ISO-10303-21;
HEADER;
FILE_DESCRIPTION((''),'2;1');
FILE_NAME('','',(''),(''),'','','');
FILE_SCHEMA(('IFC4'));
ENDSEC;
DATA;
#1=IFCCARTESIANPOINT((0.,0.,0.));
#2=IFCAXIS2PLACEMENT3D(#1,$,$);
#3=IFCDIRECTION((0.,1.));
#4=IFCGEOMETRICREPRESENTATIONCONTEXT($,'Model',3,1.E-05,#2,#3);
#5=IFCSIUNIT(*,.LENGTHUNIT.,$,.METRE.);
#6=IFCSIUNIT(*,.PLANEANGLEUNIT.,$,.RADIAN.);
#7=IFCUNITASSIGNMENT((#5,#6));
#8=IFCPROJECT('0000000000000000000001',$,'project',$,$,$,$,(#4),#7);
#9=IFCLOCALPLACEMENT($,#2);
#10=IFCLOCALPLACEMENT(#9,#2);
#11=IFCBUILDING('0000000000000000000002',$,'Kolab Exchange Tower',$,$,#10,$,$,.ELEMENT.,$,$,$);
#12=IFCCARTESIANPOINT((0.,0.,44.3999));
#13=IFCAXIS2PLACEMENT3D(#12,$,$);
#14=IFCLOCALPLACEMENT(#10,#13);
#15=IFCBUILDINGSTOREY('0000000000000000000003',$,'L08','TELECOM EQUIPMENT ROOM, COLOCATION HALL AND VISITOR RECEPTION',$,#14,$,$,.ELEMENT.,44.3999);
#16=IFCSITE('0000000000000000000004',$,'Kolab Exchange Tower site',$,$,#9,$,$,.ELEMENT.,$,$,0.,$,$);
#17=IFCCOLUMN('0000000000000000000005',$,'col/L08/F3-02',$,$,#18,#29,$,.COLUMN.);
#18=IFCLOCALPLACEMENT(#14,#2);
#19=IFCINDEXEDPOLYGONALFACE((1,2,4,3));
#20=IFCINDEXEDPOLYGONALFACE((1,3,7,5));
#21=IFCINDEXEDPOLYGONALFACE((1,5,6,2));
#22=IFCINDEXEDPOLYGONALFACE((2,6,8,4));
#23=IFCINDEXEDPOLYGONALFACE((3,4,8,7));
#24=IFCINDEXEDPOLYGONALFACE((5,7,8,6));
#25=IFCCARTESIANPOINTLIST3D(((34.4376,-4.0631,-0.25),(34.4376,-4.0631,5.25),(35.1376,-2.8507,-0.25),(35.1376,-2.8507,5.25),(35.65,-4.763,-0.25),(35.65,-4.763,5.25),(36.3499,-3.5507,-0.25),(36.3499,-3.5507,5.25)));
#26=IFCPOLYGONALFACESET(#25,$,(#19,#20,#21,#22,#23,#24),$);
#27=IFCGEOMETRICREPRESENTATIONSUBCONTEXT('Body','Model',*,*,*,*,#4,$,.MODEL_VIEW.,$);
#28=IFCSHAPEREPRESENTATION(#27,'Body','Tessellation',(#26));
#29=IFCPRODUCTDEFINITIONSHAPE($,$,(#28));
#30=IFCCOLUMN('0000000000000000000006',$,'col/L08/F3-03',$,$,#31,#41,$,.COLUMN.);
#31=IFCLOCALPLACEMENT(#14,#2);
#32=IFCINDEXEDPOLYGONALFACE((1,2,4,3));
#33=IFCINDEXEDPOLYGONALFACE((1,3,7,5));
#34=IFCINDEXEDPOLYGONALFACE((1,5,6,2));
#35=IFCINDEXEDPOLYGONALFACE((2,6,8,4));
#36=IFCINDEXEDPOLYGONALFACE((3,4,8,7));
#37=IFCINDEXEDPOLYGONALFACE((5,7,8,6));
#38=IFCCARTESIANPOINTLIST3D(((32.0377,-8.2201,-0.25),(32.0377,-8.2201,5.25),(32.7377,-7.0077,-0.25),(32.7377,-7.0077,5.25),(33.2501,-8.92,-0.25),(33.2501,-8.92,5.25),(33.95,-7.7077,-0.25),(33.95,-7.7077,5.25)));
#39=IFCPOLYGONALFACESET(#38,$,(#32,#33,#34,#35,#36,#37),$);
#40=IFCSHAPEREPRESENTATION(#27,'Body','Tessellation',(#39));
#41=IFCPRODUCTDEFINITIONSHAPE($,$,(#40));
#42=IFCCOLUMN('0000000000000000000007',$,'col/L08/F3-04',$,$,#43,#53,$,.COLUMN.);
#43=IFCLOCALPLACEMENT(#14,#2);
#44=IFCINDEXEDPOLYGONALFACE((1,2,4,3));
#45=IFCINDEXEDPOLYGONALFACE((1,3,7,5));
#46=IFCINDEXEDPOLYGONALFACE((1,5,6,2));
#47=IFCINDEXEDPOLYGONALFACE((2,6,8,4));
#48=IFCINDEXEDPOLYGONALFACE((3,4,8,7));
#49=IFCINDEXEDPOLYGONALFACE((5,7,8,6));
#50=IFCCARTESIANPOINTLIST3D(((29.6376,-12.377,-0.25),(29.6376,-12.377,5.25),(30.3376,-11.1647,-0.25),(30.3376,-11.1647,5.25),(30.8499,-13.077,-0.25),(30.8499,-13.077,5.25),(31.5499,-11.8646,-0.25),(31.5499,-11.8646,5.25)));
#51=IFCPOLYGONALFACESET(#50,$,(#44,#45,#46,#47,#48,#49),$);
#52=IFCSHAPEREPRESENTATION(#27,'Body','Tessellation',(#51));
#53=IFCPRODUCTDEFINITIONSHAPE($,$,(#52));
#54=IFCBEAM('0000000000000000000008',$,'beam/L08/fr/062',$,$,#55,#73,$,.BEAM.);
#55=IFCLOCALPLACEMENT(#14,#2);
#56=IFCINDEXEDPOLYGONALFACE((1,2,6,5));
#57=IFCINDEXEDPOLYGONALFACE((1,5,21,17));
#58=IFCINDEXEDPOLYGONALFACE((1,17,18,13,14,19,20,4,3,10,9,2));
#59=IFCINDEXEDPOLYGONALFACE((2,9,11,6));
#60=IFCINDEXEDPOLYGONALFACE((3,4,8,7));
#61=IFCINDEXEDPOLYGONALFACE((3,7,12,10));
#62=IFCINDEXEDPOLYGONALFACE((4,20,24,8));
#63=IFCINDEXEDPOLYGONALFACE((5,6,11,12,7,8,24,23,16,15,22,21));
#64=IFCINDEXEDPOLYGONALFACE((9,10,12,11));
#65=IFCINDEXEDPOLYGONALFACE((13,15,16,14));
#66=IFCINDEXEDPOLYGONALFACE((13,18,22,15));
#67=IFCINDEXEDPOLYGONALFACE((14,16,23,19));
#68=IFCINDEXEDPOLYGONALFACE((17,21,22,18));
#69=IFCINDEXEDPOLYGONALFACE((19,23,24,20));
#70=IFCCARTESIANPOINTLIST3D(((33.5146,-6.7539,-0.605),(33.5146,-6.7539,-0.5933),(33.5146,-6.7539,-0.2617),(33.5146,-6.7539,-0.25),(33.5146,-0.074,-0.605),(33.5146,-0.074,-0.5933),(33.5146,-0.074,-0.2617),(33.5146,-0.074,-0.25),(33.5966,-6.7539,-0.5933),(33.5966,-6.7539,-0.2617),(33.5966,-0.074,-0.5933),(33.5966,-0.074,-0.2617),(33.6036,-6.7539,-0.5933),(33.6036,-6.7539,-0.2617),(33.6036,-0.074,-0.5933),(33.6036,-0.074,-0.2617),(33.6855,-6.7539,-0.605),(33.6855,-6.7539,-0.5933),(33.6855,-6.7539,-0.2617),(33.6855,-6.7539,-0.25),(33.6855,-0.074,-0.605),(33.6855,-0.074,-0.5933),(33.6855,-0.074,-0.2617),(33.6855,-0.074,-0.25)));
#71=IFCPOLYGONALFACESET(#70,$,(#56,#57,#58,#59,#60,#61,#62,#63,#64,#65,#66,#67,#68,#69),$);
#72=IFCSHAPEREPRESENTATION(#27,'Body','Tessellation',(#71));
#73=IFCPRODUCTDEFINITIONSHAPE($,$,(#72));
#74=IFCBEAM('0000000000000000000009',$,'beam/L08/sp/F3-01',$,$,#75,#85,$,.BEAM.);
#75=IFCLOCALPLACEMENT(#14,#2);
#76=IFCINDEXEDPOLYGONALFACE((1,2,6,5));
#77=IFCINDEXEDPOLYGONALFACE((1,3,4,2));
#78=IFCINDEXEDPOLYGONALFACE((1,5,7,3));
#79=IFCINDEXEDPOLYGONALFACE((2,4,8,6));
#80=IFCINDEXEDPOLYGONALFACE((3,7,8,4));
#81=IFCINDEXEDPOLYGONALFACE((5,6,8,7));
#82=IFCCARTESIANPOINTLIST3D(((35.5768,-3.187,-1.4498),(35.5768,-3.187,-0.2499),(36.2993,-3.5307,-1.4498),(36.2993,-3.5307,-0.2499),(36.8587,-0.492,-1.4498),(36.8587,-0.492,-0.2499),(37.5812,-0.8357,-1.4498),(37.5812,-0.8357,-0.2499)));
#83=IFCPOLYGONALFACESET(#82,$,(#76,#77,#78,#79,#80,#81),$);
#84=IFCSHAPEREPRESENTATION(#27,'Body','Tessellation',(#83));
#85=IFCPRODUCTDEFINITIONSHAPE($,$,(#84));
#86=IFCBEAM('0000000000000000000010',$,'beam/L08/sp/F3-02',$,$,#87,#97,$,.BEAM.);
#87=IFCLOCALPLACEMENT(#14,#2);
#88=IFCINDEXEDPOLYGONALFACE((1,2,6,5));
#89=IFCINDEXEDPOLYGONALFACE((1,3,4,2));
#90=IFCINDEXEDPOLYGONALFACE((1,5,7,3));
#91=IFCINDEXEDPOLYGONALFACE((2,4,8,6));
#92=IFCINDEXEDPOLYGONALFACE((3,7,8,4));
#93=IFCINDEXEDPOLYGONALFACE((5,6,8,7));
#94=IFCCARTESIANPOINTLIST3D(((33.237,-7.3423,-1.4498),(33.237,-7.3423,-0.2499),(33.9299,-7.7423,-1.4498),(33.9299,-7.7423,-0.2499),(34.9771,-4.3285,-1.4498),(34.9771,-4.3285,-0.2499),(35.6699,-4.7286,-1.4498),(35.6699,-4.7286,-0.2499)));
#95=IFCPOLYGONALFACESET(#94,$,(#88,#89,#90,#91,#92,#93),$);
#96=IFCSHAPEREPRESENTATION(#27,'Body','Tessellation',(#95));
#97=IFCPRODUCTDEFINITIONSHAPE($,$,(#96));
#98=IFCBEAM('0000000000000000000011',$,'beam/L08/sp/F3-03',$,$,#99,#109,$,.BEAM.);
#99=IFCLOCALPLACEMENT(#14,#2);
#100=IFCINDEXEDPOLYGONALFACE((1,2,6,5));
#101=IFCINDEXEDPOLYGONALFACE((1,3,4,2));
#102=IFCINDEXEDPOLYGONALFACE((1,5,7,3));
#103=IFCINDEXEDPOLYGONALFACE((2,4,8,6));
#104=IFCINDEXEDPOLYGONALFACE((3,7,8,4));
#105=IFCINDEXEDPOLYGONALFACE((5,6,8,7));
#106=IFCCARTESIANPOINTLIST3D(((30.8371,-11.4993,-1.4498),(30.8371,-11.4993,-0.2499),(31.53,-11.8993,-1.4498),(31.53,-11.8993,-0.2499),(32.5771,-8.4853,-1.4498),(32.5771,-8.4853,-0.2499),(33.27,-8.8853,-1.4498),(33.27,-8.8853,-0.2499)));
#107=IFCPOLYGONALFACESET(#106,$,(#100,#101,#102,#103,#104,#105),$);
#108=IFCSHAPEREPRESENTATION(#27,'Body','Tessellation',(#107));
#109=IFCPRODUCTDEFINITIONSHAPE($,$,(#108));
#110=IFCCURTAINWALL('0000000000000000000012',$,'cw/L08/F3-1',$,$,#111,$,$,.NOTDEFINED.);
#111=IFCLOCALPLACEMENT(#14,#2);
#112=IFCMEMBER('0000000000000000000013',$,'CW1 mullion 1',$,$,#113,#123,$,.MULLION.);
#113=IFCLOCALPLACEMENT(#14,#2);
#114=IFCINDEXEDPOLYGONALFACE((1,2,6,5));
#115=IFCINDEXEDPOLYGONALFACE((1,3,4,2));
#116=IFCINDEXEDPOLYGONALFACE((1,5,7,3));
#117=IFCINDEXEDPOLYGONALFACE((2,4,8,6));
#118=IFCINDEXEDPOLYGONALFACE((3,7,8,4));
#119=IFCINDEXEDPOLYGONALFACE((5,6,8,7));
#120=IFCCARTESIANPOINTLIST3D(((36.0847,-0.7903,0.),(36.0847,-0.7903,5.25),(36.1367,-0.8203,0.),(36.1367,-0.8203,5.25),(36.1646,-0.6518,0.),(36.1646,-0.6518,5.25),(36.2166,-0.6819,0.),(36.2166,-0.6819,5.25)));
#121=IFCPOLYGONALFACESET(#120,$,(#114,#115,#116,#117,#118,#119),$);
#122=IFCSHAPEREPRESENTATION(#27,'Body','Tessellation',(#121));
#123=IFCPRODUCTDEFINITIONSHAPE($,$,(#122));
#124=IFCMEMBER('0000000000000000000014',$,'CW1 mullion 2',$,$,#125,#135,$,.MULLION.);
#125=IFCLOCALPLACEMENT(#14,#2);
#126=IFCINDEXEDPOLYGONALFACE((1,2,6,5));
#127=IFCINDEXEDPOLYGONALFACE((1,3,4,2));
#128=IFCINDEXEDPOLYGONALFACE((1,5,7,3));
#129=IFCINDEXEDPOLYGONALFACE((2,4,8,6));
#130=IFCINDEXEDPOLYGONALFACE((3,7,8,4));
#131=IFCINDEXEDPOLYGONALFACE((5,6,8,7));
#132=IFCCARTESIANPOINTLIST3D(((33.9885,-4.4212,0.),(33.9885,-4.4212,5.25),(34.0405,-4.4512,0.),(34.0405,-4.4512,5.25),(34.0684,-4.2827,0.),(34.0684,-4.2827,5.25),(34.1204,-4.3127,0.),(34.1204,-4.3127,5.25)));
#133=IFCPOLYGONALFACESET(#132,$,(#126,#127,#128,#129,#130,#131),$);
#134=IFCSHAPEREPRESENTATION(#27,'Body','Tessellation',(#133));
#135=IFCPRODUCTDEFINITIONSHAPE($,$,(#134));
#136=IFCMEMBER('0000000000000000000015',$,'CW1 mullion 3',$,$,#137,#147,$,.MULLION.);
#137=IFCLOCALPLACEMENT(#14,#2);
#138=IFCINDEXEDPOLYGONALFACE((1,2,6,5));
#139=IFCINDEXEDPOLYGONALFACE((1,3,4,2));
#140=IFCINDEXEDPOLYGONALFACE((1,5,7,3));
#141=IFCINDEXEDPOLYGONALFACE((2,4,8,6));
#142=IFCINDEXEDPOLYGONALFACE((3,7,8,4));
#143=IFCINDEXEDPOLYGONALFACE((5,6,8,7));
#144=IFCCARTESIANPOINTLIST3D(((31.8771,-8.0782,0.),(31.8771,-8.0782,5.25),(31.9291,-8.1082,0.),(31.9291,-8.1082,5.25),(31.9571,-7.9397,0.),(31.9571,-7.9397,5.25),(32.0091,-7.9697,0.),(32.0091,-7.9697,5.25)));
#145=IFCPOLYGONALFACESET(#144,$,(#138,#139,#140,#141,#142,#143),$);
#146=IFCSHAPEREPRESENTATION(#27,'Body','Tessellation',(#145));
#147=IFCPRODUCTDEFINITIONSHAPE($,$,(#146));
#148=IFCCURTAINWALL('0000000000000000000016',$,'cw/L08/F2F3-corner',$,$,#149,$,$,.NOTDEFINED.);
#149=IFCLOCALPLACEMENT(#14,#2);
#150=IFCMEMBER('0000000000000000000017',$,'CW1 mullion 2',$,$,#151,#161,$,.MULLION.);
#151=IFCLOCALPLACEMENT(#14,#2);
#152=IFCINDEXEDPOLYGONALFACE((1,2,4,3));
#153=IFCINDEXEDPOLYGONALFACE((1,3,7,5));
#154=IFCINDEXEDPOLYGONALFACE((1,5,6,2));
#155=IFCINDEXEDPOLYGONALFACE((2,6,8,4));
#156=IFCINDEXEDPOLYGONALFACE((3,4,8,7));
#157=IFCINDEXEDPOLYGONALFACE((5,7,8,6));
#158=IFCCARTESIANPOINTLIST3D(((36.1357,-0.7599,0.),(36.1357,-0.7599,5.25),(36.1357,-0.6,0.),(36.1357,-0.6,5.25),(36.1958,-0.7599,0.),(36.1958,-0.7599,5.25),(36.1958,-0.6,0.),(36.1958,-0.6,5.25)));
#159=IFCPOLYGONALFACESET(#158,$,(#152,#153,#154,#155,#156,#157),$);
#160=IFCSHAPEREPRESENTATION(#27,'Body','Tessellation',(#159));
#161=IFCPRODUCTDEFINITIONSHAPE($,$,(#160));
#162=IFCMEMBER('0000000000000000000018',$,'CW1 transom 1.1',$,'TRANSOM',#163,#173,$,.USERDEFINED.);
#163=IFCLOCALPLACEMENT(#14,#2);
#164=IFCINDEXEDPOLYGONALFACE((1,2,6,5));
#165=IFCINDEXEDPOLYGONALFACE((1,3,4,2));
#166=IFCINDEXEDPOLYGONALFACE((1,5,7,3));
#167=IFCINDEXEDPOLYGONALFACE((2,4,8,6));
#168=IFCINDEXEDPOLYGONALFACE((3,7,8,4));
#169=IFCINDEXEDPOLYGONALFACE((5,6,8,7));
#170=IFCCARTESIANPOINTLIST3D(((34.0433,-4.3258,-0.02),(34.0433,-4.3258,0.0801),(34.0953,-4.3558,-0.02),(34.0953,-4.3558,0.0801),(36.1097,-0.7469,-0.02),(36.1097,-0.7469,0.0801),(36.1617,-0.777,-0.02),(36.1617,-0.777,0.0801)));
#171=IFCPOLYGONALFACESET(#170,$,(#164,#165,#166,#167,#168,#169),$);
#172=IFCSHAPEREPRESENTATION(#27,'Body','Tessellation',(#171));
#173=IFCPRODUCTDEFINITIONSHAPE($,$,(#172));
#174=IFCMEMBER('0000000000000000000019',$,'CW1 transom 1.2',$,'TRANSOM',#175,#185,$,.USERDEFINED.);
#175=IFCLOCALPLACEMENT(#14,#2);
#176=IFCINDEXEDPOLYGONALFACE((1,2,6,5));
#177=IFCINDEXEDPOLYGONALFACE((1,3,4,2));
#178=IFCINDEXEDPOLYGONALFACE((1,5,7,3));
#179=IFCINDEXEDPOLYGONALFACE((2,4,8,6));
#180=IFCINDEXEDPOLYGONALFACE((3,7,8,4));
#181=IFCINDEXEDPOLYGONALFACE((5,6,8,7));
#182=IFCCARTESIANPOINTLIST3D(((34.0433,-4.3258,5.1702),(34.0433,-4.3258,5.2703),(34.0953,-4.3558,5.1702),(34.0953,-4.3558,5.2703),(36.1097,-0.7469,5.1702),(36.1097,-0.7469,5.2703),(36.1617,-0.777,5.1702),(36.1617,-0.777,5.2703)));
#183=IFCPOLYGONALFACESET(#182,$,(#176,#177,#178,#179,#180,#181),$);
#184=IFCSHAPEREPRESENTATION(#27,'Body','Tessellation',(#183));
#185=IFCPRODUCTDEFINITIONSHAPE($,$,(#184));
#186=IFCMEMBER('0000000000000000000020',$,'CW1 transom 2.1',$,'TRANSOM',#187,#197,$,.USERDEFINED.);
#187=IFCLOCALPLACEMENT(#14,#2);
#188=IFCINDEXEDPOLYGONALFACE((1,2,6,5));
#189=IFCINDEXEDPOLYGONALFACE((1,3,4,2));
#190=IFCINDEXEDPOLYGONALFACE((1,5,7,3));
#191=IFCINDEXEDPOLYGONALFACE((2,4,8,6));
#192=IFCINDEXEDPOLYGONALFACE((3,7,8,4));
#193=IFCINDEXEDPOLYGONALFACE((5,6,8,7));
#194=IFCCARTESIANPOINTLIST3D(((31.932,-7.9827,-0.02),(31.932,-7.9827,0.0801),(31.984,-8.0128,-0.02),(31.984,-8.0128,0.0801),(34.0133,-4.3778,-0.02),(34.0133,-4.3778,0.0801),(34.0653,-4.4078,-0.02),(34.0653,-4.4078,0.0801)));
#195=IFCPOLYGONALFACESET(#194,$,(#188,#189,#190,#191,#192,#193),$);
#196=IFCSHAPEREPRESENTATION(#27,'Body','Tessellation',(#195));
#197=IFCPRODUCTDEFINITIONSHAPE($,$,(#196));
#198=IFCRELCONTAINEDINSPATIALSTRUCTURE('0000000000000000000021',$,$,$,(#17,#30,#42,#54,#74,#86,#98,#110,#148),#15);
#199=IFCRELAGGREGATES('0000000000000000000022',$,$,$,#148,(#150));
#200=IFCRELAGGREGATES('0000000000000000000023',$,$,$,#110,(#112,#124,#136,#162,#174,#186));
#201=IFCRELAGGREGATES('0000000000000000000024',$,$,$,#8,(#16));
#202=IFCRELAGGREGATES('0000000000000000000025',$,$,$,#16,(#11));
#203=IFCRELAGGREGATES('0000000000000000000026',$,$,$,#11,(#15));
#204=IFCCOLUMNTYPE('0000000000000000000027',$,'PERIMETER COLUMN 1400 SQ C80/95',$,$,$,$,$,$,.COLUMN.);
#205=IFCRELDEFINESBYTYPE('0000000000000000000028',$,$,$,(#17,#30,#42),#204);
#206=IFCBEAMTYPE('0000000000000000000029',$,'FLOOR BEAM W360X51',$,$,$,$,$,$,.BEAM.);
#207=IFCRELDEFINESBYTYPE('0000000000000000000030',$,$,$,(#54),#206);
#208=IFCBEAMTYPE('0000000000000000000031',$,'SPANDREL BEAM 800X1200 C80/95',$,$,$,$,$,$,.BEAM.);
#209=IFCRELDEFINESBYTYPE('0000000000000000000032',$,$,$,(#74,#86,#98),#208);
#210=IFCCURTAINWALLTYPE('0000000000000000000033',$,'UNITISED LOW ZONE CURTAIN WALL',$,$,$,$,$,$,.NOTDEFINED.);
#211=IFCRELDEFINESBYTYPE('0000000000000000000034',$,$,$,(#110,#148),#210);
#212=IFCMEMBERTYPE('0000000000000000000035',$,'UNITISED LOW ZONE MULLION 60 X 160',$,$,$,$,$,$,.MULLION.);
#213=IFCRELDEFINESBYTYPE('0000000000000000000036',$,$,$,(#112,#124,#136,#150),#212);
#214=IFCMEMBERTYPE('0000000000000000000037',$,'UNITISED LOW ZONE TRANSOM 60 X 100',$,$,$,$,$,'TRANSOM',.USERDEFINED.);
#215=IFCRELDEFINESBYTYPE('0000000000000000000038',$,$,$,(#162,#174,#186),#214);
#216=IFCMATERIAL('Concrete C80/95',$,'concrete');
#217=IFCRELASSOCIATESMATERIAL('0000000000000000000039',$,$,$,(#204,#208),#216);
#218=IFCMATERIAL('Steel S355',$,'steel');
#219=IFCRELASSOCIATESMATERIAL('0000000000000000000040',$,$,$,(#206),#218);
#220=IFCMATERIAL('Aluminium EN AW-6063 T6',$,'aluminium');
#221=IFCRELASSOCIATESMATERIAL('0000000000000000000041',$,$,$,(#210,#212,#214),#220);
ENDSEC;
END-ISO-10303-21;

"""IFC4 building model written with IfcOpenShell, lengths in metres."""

from ifc_helpers import new_model, si_unit, direction, frame, origin, origin_2d, place, context, subcontext, project, spatial, rectangle, i_section, extrude, material, material_profile, profile_set, type_object, element, aggregate, save


model = new_model("IFC4")

# Units and contexts
model_context = context("Model", 3, precision=1e-05, world=origin(), true_north=direction((0.0, 1.0)))
body_context = subcontext(model_context, "Body", "Model", "MODEL_VIEW")
ifc_project = project(units=[si_unit("LENGTHUNIT", "METRE"), si_unit("PLANEANGLEUNIT", "RADIAN")], contexts=[model_context])

# Site, building, storey
site_placement = place(None, origin())
site = spatial("IfcSite", under=ifc_project, at=site_placement, Name="Kolab Exchange Tower site", CompositionType="ELEMENT", RefElevation=0.0)
building_placement = place(site_placement, origin())
building = spatial("IfcBuilding", under=site, at=building_placement, Name="Kolab Exchange Tower", CompositionType="ELEMENT")
storey_placement = place(building_placement, frame((0.0, 0.0, 44.3999)))
storey = spatial("IfcBuildingStorey", under=building, at=storey_placement, Name="L08", Description="TELECOM EQUIPMENT ROOM, COLOCATION HALL AND VISITOR RECEPTION", CompositionType="ELEMENT", Elevation=44.3999)

# Columns
ifc_material_1 = material(Name="Concrete C80/95", Category="concrete")
ifc_material_profile_1 = material_profile(ifc_material_1, rectangle(XDim=1.3999, YDim=1.3999, at=origin_2d()), Name="RC1400")
ifc_profile_set_1 = profile_set([ifc_material_profile_1], Name="Concrete C80/95")
column_type = type_object("IfcColumnType", Name="PERIMETER COLUMN 1400 SQ C80/95", PredefinedType="COLUMN", material=ifc_profile_set_1)
for number, where, z_axis, x_axis, name in (
    (1, (35.3938, -3.8069, -0.25), (0.0, 0.0, 1.0), (0.5, 0.866025, 0.0), "col/L08/F3-02"),
    (2, (32.9939, -7.9639, -0.25), (0.0, 0.0, 1.0), (0.5, 0.866025, 0.0), "col/L08/F3-03"),
    (3, (30.5938, -12.1208, -0.25), (0.0, 0.0, 1.0), (0.5, 0.866025, 0.0), "col/L08/F3-04"),
):
    element("IfcColumn", number, at=place(storey_placement, frame(where, z_axis=z_axis, x_axis=x_axis)), inside=storey, type_object=column_type, Name=name, PredefinedType="COLUMN", context=body_context, shape_type="SweptSolid", body=[
        extrude(rectangle(XDim=1.3999, YDim=1.3999, at=origin_2d()), origin(), (0.0, 0.0, 1.0), 5.5),
    ])

# Beams
ifc_material_2 = material(Name="Steel S355", Category="steel")
ifc_material_profile_2 = material_profile(ifc_material_2, i_section(OverallWidth=0.1709, OverallDepth=0.355, WebThickness=0.0071, FlangeThickness=0.0117, at=origin_2d()), Name="W360X51")
ifc_profile_set_2 = profile_set([ifc_material_profile_2], Name="Steel S355")
beam_type_1 = type_object("IfcBeamType", Name="FLOOR BEAM W360X51", PredefinedType="BEAM", material=ifc_profile_set_2)
beam_1_placement = place(storey_placement, frame((33.6001, -6.7539, -0.4275), z_axis=(0.0, 1.0, 0.0), x_axis=(-1.0, 0.0, 0.0)))
element("IfcBeam", 4, at=beam_1_placement, inside=storey, type_object=beam_type_1, Name="beam/L08/fr/062", PredefinedType="BEAM", context=body_context, shape_type="SweptSolid", body=[
    extrude(i_section(OverallWidth=0.1709, OverallDepth=0.355, WebThickness=0.0071, FlangeThickness=0.0117, at=origin_2d()), origin(), (0.0, 0.0, 1.0), 6.6799),
])
ifc_material_profile_3 = material_profile(ifc_material_1, rectangle(XDim=0.8, YDim=1.2, at=origin_2d()), Name="RC800X1200")
ifc_profile_set_3 = profile_set([ifc_material_profile_3], Name="Concrete C80/95")
beam_type_2 = type_object("IfcBeamType", Name="SPANDREL BEAM 800X1200 C80/95", PredefinedType="BEAM", material=ifc_profile_set_3)
beam_2_placement = place(storey_placement, frame((37.22, -0.6638, -0.8499), z_axis=(-0.429556, -0.90304, 0.0), x_axis=(0.90304, -0.429556, 0.0)))
element("IfcBeam", 5, at=beam_2_placement, inside=storey, type_object=beam_type_2, Name="beam/L08/sp/F3-01", PredefinedType="BEAM", context=body_context, shape_type="SweptSolid", body=[
    extrude(rectangle(XDim=0.8, YDim=1.2, at=origin_2d()), origin(), (0.0, 0.0, 1.0), 2.9844),
])
beam_3_placement = place(storey_placement, frame((35.3235, -4.5286, -0.8499), z_axis=(-0.50001, -0.86602, 0.0), x_axis=(0.86602, -0.50001, 0.0)))
element("IfcBeam", 6, at=beam_3_placement, inside=storey, type_object=beam_type_2, Name="beam/L08/sp/F3-02", PredefinedType="BEAM", context=body_context, shape_type="SweptSolid", body=[
    extrude(rectangle(XDim=0.8, YDim=1.2, at=origin_2d()), origin(), (0.0, 0.0, 1.0), 3.48),
])
beam_4_placement = place(storey_placement, frame((32.9236, -8.6853, -0.8499), z_axis=(-0.49998, -0.866037, 0.0), x_axis=(0.866037, -0.49998, 0.0)))
element("IfcBeam", 7, at=beam_4_placement, inside=storey, type_object=beam_type_2, Name="beam/L08/sp/F3-03", PredefinedType="BEAM", context=body_context, shape_type="SweptSolid", body=[
    extrude(rectangle(XDim=0.8, YDim=1.2, at=origin_2d()), origin(), (0.0, 0.0, 1.0), 3.4802),
])

# Curtain wall, members
ifc_material_3 = material(Name="Aluminium EN AW-6063 T6", Category="aluminium")
curtain_wall_type = type_object("IfcCurtainWallType", Name="UNITISED LOW ZONE CURTAIN WALL", PredefinedType="NOTDEFINED", material=ifc_material_3)
curtain_wall_1_placement = place(storey_placement, origin())
curtain_wall_1 = element("IfcCurtainWall", 8, at=curtain_wall_1_placement, inside=storey, type_object=curtain_wall_type, Name="cw/L08/F3-1", PredefinedType="NOTDEFINED")
ifc_material_profile_4 = material_profile(ifc_material_3, rectangle(XDim=0.0601, YDim=0.1599, at=origin_2d()), Name="RECT 60X160")
ifc_profile_set_4 = profile_set([ifc_material_profile_4], Name="Aluminium EN AW-6063 T6")
member_type_1 = type_object("IfcMemberType", Name="UNITISED LOW ZONE MULLION 60 X 160", PredefinedType="MULLION", material=ifc_profile_set_4)
member_1_placement = place(storey_placement, frame((36.1506, -0.7361, 0.0), z_axis=(0.0, 0.0, 1.0), x_axis=(0.866025, -0.5, 0.0)))
member_1 = element("IfcMember", 9, at=member_1_placement, type_object=member_type_1, Name="CW1 mullion 1", PredefinedType="MULLION", context=body_context, shape_type="SweptSolid", body=[
    extrude(rectangle(XDim=0.0601, YDim=0.1599, at=origin_2d()), origin(), (0.0, 0.0, 1.0), 5.25),
])
member_2_placement = place(storey_placement, frame((34.0544, -4.3669, 0.0), z_axis=(0.0, 0.0, 1.0), x_axis=(0.866025, -0.5, 0.0)))
member_2 = element("IfcMember", 10, at=member_2_placement, type_object=member_type_1, Name="CW1 mullion 2", PredefinedType="MULLION", context=body_context, shape_type="SweptSolid", body=[
    extrude(rectangle(XDim=0.0601, YDim=0.1599, at=origin_2d()), origin(), (0.0, 0.0, 1.0), 5.25),
])
member_3_placement = place(storey_placement, frame((31.9431, -8.0239, 0.0), z_axis=(0.0, 0.0, 1.0), x_axis=(0.866025, -0.5, 0.0)))
member_3 = element("IfcMember", 11, at=member_3_placement, type_object=member_type_1, Name="CW1 mullion 3", PredefinedType="MULLION", context=body_context, shape_type="SweptSolid", body=[
    extrude(rectangle(XDim=0.0601, YDim=0.1599, at=origin_2d()), origin(), (0.0, 0.0, 1.0), 5.25),
])

# Curtain wall, member
curtain_wall_2_placement = place(storey_placement, origin())
curtain_wall_2 = element("IfcCurtainWall", 12, at=curtain_wall_2_placement, inside=storey, type_object=curtain_wall_type, Name="cw/L08/F2F3-corner", PredefinedType="NOTDEFINED")
member_4_placement = place(storey_placement, frame((36.1658, -0.6799, 0.0), z_axis=(0.0, 0.0, 1.0), x_axis=(1.0, 0.0, 0.0)))
member_4 = element("IfcMember", 13, at=member_4_placement, type_object=member_type_1, Name="CW1 mullion 2", PredefinedType="MULLION", context=body_context, shape_type="SweptSolid", body=[
    extrude(rectangle(XDim=0.0601, YDim=0.1599, at=origin_2d()), origin(), (0.0, 0.0, 1.0), 5.25),
])
aggregate(curtain_wall_2, [member_4])

# Members
ifc_material_profile_5 = material_profile(ifc_material_3, rectangle(XDim=0.0601, YDim=0.1001, at=origin_2d()), Name="RECT 60X100")
ifc_profile_set_5 = profile_set([ifc_material_profile_5], Name="Aluminium EN AW-6063 T6")
member_type_2 = type_object("IfcMemberType", Name="UNITISED LOW ZONE TRANSOM 60 X 100", ElementType="TRANSOM", PredefinedType="USERDEFINED", material=ifc_profile_set_5)
member_5_placement = place(storey_placement, frame((36.1357, -0.762, 0.03), z_axis=(-0.500028, -0.866009, 0.0), x_axis=(0.866009, -0.500028, 0.0)))
member_5 = element("IfcMember", 14, at=member_5_placement, type_object=member_type_2, Name="CW1 transom 1.1", ObjectType="TRANSOM", PredefinedType="USERDEFINED", context=body_context, shape_type="SweptSolid", body=[
    extrude(rectangle(XDim=0.0601, YDim=0.1001, at=origin_2d()), origin(), (0.0, 0.0, 1.0), 4.1326),
])
member_6_placement = place(storey_placement, frame((36.1357, -0.762, 5.2202), z_axis=(-0.500028, -0.866009, 0.0), x_axis=(0.866009, -0.500028, 0.0)))
member_6 = element("IfcMember", 15, at=member_6_placement, type_object=member_type_2, Name="CW1 transom 1.2", ObjectType="TRANSOM", PredefinedType="USERDEFINED", context=body_context, shape_type="SweptSolid", body=[
    extrude(rectangle(XDim=0.0601, YDim=0.1001, at=origin_2d()), origin(), (0.0, 0.0, 1.0), 4.1326),
])
member_7_placement = place(storey_placement, frame((34.0393, -4.3928, 0.03), z_axis=(-0.499993, -0.866029, 0.0), x_axis=(0.866029, -0.499993, 0.0)))
member_7 = element("IfcMember", 16, at=member_7_placement, type_object=member_type_2, Name="CW1 transom 2.1", ObjectType="TRANSOM", PredefinedType="USERDEFINED", context=body_context, shape_type="SweptSolid", body=[
    extrude(rectangle(XDim=0.0601, YDim=0.1001, at=origin_2d()), origin(), (0.0, 0.0, 1.0), 4.1626),
])

aggregate(curtain_wall_1, [member_1, member_2, member_3, member_5, member_6, member_7])

save(model, "model.ifc")
